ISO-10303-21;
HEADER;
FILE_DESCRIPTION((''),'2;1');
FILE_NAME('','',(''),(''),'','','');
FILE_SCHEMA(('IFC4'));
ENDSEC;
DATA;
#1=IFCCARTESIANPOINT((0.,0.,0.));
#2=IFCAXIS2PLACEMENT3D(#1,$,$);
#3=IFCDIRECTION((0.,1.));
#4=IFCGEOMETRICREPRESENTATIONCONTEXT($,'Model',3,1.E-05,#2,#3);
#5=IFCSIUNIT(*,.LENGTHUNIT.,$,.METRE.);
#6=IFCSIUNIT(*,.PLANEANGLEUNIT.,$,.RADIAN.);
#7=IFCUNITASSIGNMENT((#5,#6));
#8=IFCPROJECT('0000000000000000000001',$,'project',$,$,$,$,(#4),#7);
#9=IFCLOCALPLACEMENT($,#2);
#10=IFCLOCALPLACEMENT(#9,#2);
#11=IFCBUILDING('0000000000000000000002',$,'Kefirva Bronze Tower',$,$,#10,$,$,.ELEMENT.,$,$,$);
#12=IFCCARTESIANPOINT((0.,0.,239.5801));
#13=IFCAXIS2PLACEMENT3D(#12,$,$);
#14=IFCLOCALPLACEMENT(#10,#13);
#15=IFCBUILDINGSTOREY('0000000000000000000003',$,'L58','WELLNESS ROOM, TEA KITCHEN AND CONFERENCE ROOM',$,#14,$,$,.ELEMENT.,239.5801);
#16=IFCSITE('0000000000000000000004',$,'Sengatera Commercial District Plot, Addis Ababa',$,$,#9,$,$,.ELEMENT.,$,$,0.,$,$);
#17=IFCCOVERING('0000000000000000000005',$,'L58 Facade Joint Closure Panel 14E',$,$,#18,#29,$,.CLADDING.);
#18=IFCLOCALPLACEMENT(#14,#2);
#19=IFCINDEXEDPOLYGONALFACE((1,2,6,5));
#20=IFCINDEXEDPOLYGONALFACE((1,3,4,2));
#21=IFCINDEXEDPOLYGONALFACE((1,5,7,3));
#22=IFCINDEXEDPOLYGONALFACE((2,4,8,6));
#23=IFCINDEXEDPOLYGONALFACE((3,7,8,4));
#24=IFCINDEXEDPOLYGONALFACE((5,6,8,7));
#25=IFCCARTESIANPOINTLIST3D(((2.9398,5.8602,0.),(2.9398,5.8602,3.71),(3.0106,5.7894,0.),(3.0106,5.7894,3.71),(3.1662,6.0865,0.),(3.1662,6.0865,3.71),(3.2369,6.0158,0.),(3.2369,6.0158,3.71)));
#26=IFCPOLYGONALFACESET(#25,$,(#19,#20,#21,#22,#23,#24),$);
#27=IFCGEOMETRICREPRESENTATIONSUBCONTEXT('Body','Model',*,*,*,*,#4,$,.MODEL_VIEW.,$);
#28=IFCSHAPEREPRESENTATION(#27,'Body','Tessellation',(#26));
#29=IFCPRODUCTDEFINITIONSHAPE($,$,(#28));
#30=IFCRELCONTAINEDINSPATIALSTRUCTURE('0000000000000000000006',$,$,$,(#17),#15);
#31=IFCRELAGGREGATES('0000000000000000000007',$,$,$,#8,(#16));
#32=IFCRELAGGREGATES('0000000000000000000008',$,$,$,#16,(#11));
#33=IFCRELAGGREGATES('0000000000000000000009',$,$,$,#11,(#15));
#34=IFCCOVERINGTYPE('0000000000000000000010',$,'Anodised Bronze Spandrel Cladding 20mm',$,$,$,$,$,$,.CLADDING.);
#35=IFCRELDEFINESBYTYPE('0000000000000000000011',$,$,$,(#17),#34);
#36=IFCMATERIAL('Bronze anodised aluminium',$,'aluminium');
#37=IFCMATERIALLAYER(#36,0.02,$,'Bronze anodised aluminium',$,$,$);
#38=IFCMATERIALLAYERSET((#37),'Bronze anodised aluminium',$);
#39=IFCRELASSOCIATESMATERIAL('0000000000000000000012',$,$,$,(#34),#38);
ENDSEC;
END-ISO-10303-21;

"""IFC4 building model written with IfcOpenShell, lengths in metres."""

from ifc_helpers import new_model, si_unit, direction, frame, origin, origin_2d, place, context, subcontext, project, spatial, rectangle, extrude, material, layer, layer_set, type_object, element, save


model = new_model("IFC4")

# Units and contexts
model_context = context("Model", 3, precision=1e-05, world=origin(), true_north=direction((0.0, 1.0)))
body_context = subcontext(model_context, "Body", "Model", "MODEL_VIEW")
ifc_project = project(units=[si_unit("LENGTHUNIT", "METRE"), si_unit("PLANEANGLEUNIT", "RADIAN")], contexts=[model_context])

# Site, building, storey
site_placement = place(None, origin())
site = spatial("IfcSite", under=ifc_project, at=site_placement, Name="Sengatera Commercial District Plot, Addis Ababa", CompositionType="ELEMENT", RefElevation=0.0)
building_placement = place(site_placement, origin())
building = spatial("IfcBuilding", under=site, at=building_placement, Name="Kefirva Bronze Tower", CompositionType="ELEMENT")
storey_placement = place(building_placement, frame((0.0, 0.0, 239.5801)))
storey = spatial("IfcBuildingStorey", under=building, at=storey_placement, Name="L58", Description="WELLNESS ROOM, TEA KITCHEN AND CONFERENCE ROOM", CompositionType="ELEMENT", Elevation=239.5801)

# Shared definitions
ifc_material_1 = material(Name="Bronze anodised aluminium", Category="aluminium")

# Covering
ifc_layer_1 = layer(ifc_material_1, 0.02, Name="Bronze anodised aluminium")
ifc_layer_set_1 = layer_set([ifc_layer_1], Name="Bronze anodised aluminium")
covering_type = type_object("IfcCoveringType", Name="Anodised Bronze Spandrel Cladding 20mm", PredefinedType="CLADDING", material=ifc_layer_set_1)
covering_placement = place(storey_placement, frame((3.0884, 5.938, 0.0), z_axis=(0.0, 0.0, 1.0), x_axis=(0.707107, -0.707107, 0.0)))
element("IfcCovering", 1, at=covering_placement, inside=storey, type_object=covering_type, Name="L58 Facade Joint Closure Panel 14E", PredefinedType="CLADDING", context=body_context, shape_type="SweptSolid", body=[
    extrude(rectangle(XDim=0.1001, YDim=0.3201, at=origin_2d()), origin(), (0.0, 0.0, 1.0), 3.71),
])

save(model, "model.ifc")
